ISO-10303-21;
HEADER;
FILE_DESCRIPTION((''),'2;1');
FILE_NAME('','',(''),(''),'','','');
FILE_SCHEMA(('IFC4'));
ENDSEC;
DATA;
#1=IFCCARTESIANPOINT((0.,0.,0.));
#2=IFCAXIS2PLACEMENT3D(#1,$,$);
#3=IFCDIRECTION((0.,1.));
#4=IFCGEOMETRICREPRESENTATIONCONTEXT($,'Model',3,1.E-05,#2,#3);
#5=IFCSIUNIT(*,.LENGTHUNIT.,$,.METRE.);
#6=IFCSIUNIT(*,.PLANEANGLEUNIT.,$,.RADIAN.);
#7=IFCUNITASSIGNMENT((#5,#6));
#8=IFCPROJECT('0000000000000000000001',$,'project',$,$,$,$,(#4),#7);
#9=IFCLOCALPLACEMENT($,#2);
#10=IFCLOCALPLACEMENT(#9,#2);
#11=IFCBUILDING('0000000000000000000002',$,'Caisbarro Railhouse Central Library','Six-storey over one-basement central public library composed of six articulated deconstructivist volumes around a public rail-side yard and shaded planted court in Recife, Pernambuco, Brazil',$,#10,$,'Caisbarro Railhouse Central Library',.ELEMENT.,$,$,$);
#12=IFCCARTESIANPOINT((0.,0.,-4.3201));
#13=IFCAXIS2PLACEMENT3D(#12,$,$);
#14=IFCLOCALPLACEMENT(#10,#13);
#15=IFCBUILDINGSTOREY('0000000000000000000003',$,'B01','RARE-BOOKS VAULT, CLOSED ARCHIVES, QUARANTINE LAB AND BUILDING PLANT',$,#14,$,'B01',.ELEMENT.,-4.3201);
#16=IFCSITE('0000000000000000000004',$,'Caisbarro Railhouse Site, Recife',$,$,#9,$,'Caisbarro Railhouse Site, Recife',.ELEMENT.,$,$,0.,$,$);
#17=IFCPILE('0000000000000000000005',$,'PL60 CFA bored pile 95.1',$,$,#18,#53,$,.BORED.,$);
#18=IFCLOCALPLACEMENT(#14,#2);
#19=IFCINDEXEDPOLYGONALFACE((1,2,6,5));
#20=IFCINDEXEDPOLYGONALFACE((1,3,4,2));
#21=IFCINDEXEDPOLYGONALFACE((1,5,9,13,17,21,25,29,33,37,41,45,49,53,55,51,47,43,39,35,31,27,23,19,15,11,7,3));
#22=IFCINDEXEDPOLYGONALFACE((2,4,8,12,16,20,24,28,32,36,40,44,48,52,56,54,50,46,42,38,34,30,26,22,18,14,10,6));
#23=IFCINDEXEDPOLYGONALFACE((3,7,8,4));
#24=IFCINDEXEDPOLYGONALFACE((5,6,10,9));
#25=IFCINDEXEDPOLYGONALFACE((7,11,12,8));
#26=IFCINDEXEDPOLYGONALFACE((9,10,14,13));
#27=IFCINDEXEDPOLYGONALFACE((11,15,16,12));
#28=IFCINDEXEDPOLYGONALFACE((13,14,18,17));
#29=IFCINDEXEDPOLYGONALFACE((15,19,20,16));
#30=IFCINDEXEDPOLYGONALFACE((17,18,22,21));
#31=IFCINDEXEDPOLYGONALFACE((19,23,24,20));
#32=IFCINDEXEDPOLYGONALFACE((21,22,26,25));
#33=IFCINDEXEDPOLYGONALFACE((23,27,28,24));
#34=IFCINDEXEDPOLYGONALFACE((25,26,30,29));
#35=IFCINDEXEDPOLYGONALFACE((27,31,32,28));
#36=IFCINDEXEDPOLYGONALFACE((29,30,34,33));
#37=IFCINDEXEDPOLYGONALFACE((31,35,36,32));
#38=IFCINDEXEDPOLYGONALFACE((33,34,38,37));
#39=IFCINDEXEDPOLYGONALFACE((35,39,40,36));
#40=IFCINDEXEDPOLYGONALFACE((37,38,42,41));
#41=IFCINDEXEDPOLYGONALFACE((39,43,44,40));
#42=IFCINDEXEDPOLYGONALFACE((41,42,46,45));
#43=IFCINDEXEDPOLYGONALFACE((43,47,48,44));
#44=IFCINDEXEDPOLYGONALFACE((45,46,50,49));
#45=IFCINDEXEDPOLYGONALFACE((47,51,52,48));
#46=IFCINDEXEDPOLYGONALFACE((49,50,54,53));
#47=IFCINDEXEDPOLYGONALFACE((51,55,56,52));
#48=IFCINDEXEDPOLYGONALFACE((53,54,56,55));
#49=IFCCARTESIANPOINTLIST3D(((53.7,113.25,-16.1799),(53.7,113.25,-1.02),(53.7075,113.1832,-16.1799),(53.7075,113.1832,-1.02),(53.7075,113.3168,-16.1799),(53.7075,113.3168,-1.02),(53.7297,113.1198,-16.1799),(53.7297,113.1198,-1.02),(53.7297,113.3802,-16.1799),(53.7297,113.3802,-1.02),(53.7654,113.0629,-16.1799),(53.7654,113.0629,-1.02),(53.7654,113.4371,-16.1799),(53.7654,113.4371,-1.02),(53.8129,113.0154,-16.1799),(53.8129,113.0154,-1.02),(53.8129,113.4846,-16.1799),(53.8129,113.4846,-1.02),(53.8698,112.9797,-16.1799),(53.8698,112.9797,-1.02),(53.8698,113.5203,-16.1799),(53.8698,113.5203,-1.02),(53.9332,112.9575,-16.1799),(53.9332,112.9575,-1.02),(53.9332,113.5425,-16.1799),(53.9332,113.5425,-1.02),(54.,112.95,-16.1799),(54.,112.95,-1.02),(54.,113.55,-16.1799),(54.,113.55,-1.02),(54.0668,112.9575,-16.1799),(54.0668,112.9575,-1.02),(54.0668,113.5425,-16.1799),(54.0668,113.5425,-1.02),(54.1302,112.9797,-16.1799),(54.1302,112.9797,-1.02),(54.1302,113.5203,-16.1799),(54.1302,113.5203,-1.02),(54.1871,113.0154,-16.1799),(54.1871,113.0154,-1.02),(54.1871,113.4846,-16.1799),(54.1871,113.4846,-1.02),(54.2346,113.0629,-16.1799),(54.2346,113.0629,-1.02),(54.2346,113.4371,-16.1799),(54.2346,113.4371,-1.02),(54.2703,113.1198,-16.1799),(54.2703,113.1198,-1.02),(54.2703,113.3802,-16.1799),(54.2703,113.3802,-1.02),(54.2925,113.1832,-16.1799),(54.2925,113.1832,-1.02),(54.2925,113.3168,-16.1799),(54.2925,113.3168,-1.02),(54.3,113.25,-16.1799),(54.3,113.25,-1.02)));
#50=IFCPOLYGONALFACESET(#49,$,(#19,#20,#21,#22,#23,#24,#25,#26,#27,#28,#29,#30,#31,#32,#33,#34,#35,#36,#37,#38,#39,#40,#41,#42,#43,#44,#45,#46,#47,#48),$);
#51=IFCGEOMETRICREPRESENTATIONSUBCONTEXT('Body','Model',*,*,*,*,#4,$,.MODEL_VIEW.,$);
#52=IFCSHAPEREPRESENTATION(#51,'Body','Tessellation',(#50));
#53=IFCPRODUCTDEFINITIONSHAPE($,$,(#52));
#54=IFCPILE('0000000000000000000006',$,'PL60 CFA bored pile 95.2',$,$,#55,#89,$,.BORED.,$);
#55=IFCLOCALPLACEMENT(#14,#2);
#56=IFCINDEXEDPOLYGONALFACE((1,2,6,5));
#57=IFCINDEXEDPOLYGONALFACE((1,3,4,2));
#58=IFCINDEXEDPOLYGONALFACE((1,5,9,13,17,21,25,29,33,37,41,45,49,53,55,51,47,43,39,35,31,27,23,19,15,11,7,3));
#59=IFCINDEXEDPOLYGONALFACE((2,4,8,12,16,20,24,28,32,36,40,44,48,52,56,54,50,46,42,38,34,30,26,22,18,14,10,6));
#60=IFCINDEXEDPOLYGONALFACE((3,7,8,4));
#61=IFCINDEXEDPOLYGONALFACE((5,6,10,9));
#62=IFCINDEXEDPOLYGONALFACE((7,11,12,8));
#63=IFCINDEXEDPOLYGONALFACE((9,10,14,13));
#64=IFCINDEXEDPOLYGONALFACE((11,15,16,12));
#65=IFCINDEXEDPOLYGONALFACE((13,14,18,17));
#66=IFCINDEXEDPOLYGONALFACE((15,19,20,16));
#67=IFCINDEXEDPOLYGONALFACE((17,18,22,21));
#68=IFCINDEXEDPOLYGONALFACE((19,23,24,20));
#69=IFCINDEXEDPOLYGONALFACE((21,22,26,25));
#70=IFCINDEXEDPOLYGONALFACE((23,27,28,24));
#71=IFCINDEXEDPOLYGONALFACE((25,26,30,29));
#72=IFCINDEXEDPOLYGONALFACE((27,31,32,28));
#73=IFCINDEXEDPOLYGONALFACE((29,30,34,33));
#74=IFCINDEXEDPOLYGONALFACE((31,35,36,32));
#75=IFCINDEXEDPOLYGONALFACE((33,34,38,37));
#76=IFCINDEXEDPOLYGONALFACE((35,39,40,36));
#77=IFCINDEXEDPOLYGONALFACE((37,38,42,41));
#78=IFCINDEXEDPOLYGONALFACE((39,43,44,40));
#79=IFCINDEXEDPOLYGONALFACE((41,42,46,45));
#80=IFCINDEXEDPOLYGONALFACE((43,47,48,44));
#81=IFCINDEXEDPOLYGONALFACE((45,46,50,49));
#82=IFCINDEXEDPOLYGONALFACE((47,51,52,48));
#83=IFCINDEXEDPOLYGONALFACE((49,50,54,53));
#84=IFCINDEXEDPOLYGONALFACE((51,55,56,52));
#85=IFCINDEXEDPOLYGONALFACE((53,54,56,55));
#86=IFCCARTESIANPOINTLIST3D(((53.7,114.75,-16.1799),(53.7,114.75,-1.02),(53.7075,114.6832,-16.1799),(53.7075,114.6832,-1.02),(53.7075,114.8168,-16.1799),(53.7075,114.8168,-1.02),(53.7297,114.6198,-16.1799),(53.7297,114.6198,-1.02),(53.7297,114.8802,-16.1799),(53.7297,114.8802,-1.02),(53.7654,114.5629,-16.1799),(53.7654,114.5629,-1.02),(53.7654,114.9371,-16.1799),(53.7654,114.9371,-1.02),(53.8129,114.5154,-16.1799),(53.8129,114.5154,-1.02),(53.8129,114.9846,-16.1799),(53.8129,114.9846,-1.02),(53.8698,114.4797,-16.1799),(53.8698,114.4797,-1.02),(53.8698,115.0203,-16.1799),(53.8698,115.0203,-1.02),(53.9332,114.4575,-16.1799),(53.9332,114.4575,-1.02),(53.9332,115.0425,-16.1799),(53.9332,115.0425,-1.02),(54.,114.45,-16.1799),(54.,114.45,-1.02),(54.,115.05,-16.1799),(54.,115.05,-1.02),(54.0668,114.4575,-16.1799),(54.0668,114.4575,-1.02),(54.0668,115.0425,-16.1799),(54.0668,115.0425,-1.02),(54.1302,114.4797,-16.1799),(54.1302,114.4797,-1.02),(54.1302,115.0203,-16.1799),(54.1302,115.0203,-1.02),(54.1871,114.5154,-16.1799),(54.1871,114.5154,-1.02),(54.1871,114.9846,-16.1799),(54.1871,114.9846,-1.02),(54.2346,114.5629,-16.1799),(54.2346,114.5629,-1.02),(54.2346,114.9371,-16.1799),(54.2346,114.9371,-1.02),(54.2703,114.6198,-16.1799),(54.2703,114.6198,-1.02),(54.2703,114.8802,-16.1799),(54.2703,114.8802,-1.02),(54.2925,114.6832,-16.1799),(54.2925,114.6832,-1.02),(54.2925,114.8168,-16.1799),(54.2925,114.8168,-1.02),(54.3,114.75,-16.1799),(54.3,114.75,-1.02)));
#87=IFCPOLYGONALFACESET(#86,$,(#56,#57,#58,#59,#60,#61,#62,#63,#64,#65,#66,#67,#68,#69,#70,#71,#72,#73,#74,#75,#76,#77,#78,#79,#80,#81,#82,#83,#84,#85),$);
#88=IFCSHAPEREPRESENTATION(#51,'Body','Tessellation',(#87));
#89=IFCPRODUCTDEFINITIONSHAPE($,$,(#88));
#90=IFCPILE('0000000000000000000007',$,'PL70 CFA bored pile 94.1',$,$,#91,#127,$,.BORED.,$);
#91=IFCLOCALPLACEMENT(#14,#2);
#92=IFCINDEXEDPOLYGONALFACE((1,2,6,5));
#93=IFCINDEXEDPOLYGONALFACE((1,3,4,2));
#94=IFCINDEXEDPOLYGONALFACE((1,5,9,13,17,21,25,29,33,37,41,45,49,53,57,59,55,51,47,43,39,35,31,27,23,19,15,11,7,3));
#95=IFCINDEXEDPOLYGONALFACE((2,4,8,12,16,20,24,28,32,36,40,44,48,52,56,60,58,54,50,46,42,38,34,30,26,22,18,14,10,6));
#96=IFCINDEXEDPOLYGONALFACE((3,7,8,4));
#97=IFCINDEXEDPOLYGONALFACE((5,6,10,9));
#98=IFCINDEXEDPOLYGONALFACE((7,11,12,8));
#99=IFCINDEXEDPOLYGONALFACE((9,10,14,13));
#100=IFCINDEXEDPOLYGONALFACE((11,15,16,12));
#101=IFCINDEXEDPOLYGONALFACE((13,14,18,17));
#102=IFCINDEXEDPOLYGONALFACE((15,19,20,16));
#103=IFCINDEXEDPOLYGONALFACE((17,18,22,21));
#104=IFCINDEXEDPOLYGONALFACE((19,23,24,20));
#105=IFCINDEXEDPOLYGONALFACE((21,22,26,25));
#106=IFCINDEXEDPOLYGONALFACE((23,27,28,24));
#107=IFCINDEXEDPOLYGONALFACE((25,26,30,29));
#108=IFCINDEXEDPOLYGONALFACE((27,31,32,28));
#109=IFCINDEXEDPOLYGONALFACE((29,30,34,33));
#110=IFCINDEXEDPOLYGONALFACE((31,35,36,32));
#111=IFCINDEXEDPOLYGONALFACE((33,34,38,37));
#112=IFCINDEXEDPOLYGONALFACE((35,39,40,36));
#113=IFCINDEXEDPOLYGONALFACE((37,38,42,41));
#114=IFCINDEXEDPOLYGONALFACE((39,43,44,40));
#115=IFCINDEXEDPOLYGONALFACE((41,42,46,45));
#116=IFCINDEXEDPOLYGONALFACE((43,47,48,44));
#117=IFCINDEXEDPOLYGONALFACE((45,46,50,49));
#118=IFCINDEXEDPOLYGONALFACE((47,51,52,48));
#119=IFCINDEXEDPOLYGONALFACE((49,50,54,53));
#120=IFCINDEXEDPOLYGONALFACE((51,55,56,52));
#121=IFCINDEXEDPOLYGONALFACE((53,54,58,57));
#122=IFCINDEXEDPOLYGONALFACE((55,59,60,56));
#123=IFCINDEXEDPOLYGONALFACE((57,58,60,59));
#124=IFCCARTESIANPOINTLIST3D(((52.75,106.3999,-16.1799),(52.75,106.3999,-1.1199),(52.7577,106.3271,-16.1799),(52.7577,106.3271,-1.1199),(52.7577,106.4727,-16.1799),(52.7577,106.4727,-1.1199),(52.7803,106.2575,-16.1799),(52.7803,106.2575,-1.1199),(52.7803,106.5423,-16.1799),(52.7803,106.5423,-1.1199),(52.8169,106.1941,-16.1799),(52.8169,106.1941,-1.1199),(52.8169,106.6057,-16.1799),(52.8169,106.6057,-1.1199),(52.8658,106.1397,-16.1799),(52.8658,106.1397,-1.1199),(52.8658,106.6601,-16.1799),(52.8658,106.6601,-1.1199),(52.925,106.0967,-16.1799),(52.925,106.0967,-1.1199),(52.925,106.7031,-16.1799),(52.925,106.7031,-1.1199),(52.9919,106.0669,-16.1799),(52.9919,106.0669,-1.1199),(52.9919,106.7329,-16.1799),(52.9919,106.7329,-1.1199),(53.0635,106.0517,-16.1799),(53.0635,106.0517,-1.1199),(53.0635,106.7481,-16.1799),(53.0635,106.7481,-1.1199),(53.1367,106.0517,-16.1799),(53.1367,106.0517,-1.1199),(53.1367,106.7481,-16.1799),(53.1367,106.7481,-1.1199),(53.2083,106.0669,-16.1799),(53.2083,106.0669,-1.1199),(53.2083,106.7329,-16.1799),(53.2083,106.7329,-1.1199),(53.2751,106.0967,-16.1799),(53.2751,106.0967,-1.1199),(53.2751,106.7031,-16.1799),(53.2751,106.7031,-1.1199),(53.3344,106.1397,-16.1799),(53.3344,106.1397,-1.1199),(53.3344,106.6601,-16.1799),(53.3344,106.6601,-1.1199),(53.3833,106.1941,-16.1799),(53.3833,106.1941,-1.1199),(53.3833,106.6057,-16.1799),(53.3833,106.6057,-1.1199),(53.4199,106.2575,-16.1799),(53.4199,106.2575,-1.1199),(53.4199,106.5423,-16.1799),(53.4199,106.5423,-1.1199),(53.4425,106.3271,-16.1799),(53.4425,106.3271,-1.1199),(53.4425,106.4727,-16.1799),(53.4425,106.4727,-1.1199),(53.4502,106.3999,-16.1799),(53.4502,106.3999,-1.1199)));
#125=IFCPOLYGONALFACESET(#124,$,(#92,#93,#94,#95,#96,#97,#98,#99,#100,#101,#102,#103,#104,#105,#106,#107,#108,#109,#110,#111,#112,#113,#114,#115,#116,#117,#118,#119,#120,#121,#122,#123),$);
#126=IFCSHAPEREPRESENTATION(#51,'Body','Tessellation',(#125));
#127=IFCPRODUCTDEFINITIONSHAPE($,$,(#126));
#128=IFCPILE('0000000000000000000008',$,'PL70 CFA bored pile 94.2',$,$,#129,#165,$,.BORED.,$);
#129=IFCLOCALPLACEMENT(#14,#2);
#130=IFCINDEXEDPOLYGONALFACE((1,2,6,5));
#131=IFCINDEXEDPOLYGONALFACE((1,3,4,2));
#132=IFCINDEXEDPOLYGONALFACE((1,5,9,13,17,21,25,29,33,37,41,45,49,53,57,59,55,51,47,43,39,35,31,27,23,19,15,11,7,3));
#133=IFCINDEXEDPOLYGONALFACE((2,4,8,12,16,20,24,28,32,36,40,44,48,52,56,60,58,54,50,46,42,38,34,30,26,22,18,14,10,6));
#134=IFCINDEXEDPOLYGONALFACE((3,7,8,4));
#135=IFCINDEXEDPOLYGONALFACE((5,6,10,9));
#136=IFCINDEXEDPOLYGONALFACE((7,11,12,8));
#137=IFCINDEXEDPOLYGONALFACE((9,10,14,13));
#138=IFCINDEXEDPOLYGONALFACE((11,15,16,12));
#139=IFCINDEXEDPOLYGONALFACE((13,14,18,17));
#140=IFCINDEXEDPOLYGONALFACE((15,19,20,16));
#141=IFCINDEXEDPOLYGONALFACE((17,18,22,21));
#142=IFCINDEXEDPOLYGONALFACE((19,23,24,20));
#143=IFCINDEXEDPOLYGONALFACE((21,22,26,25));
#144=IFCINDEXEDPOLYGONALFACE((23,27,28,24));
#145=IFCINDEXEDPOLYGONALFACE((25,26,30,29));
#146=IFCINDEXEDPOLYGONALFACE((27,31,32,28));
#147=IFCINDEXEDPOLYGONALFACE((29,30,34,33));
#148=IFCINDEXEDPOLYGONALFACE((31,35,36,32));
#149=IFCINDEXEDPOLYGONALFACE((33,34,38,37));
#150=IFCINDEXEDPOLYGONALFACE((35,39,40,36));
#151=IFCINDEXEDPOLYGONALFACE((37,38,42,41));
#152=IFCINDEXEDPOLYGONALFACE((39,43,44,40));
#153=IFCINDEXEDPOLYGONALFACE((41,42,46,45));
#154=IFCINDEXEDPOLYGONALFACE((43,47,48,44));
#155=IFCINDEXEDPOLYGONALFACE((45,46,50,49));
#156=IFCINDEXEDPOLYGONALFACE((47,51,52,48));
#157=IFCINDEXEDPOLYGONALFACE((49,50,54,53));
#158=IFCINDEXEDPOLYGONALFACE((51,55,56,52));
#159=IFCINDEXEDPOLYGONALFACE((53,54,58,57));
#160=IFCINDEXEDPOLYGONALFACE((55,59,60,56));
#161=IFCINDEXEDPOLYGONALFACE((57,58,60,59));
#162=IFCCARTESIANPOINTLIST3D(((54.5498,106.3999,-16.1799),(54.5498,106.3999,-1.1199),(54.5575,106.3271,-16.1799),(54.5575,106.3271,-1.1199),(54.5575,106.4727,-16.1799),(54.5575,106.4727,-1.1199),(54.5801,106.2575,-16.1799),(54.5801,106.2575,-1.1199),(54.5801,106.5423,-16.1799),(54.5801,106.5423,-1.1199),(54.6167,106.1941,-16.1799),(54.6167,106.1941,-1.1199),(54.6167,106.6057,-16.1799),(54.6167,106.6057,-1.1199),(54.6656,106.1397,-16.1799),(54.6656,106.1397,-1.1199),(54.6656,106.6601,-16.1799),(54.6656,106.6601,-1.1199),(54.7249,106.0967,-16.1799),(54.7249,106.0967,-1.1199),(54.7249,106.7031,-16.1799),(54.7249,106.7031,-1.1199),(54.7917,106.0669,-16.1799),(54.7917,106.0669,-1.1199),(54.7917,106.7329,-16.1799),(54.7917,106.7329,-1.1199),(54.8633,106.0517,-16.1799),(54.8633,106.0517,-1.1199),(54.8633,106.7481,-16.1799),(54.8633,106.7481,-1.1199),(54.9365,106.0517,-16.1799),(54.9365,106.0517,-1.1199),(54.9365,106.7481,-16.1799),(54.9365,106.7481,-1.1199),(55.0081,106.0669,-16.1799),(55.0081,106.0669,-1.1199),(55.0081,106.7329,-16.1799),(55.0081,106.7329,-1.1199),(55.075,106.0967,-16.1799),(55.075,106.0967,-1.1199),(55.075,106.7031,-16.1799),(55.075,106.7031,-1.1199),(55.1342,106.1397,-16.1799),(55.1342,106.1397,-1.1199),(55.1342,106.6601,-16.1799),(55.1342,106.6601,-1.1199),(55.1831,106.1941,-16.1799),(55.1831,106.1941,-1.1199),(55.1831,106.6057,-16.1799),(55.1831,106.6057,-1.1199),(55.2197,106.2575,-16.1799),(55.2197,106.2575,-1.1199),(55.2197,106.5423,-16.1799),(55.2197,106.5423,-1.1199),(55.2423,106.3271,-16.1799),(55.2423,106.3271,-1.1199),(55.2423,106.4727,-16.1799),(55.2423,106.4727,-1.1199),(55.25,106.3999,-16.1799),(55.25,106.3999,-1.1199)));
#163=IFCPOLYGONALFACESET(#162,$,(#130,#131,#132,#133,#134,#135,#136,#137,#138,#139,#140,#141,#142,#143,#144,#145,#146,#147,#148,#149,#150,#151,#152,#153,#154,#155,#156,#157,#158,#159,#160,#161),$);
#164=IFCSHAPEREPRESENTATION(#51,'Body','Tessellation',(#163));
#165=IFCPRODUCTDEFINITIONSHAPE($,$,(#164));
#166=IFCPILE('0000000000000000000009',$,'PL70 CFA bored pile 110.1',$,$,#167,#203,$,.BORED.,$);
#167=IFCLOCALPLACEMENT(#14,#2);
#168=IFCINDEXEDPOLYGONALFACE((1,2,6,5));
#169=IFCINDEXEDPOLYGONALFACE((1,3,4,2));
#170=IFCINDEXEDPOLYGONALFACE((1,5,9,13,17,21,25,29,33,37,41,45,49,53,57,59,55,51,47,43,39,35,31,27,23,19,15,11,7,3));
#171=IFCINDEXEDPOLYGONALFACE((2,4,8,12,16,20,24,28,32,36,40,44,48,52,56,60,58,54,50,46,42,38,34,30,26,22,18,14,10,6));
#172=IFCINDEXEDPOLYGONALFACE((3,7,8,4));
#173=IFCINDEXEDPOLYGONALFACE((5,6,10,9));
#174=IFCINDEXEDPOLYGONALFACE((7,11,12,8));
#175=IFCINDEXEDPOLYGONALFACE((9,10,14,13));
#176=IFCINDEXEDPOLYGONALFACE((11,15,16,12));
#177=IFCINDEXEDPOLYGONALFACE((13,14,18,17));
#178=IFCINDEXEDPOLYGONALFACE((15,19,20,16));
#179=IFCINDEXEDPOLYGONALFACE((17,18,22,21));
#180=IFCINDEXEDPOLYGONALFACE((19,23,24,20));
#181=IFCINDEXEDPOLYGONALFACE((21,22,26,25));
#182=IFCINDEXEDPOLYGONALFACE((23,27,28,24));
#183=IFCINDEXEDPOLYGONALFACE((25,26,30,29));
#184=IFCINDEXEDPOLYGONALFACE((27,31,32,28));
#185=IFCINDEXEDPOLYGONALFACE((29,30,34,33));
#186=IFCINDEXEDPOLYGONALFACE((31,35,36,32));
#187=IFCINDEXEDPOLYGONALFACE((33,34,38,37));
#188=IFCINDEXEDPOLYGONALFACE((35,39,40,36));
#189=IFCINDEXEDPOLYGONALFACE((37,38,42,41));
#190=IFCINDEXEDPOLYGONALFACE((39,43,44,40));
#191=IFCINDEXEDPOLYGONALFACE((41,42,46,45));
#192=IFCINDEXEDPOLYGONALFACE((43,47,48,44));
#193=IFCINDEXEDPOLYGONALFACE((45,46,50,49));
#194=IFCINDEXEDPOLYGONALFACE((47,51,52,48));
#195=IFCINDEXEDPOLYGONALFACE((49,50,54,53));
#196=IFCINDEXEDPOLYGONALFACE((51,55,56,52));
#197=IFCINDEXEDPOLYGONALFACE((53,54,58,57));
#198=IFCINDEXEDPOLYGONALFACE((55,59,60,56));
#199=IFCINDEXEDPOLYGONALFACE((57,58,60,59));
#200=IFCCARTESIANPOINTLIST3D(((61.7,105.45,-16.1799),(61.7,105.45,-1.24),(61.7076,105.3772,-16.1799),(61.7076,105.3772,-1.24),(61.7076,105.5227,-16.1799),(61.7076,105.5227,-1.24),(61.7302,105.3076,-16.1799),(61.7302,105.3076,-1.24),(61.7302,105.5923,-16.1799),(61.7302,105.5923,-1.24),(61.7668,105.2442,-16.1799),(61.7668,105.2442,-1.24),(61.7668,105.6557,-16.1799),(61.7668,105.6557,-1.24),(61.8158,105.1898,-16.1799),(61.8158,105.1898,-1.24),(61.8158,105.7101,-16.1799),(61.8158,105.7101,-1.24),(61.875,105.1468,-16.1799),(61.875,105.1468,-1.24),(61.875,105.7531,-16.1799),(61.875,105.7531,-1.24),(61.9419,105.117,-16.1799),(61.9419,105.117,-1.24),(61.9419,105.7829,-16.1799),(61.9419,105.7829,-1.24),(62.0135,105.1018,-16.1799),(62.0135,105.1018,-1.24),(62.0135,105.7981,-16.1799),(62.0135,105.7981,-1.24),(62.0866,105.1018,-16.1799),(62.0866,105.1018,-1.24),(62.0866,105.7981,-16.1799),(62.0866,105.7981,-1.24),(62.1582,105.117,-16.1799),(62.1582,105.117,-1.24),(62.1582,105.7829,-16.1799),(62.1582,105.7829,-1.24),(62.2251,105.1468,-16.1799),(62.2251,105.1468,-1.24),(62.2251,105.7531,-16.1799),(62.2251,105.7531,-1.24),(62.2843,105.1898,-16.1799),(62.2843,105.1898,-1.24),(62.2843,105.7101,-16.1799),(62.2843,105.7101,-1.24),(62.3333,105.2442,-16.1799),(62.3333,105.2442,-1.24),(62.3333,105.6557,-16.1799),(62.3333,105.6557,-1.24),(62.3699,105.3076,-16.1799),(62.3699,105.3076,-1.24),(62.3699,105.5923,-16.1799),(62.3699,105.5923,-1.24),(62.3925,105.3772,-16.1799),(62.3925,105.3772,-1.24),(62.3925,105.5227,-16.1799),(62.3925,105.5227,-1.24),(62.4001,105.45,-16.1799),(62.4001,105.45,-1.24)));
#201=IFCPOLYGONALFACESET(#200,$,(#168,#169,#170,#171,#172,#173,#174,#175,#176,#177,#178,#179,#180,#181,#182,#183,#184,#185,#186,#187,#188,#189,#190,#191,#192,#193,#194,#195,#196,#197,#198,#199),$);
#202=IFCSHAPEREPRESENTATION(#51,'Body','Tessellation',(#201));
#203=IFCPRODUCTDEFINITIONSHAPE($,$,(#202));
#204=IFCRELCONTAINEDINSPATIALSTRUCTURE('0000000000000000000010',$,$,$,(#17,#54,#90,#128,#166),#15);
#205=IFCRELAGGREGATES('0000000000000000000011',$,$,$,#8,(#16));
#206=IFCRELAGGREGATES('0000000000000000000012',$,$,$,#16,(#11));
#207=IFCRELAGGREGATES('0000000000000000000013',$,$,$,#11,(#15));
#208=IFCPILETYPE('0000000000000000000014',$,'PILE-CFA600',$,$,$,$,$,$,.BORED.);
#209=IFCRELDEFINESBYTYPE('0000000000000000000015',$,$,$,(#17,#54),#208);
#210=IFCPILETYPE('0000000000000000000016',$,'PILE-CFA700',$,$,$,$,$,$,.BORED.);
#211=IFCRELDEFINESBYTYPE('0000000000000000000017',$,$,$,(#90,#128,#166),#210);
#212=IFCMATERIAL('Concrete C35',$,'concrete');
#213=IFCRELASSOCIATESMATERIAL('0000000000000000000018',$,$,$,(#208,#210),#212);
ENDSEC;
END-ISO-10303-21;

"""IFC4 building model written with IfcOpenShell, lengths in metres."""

from ifc_helpers import new_model, si_unit, direction, frame, origin, origin_2d, place, context, subcontext, project, spatial, circle, extrude, material, material_profile, profile_set, type_object, element, save


model = new_model("IFC4")

# Units and contexts
model_context = context("Model", 3, precision=1e-05, world=origin(), true_north=direction((0.0, 1.0)))
body_context = subcontext(model_context, "Body", "Model", "MODEL_VIEW")
ifc_project = project(units=[si_unit("LENGTHUNIT", "METRE"), si_unit("PLANEANGLEUNIT", "RADIAN")], contexts=[model_context])

# Site, building, storey
site_placement = place(None, origin())
site = spatial("IfcSite", under=ifc_project, at=site_placement, Name="Caisbarro Railhouse Site, Recife", LongName="Caisbarro Railhouse Site, Recife", CompositionType="ELEMENT", RefElevation=0.0)
building_placement = place(site_placement, origin())
building = spatial("IfcBuilding", under=site, at=building_placement, Name="Caisbarro Railhouse Central Library", Description="Six-storey over one-basement central public library composed of six articulated deconstructivist volumes around a public rail-side yard and shaded planted court in Recife, Pernambuco, Brazil", LongName="Caisbarro Railhouse Central Library", CompositionType="ELEMENT")
storey_placement = place(building_placement, frame((0.0, 0.0, -4.3201)))
storey = spatial("IfcBuildingStorey", under=building, at=storey_placement, Name="B01", Description="RARE-BOOKS VAULT, CLOSED ARCHIVES, QUARANTINE LAB AND BUILDING PLANT", LongName="B01", CompositionType="ELEMENT", Elevation=-4.3201)

# Shared definitions
ifc_material_1 = material(Name="Concrete C35", Category="concrete")

# Piles
ifc_material_profile_1 = material_profile(ifc_material_1, circle(Radius=0.3, at=origin_2d()), Name="PILE-CFA-600")
ifc_profile_set_1 = profile_set([ifc_material_profile_1], Name="Concrete C35")
pile_type_1 = type_object("IfcPileType", Name="PILE-CFA600", PredefinedType="BORED", material=ifc_profile_set_1)
for number, where, z_axis, x_axis, name in (
    (1, (54.0, 113.25, -1.02), (0.0, 0.0, -1.0), (1.0, 0.0, 0.0), "PL60 CFA bored pile 95.1"),
    (2, (54.0, 114.75, -1.02), (0.0, 0.0, -1.0), (1.0, 0.0, 0.0), "PL60 CFA bored pile 95.2"),
):
    element("IfcPile", number, at=place(storey_placement, frame(where, z_axis=z_axis, x_axis=x_axis)), inside=storey, type_object=pile_type_1, Name=name, PredefinedType="BORED", context=body_context, shape_type="SweptSolid", body=[
        extrude(circle(Radius=0.3, at=origin_2d()), origin(), (0.0, 0.0, 1.0), 15.1599),
    ])
ifc_material_profile_2 = material_profile(ifc_material_1, circle(Radius=0.3501, at=origin_2d()), Name="PILE-CFA-700")
ifc_profile_set_2 = profile_set([ifc_material_profile_2], Name="Concrete C35")
pile_type_2 = type_object("IfcPileType", Name="PILE-CFA700", PredefinedType="BORED", material=ifc_profile_set_2)
for number, where, z_axis, x_axis, name in (
    (3, (53.1001, 106.3999, -1.1199), (0.0, 0.0, -1.0), (1.0, 0.0, 0.0), "PL70 CFA bored pile 94.1"),
    (4, (54.8999, 106.3999, -1.1199), (0.0, 0.0, -1.0), (1.0, 0.0, 0.0), "PL70 CFA bored pile 94.2"),
):
    element("IfcPile", number, at=place(storey_placement, frame(where, z_axis=z_axis, x_axis=x_axis)), inside=storey, type_object=pile_type_2, Name=name, PredefinedType="BORED", context=body_context, shape_type="SweptSolid", body=[
        extrude(circle(Radius=0.3501, at=origin_2d()), origin(), (0.0, 0.0, 1.0), 15.0601),
    ])
pile_1_placement = place(storey_placement, frame((62.05, 105.45, -1.24), z_axis=(0.0, 0.0, -1.0), x_axis=(1.0, 0.0, 0.0)))
element("IfcPile", 5, at=pile_1_placement, inside=storey, type_object=pile_type_2, Name="PL70 CFA bored pile 110.1", PredefinedType="BORED", context=body_context, shape_type="SweptSolid", body=[
    extrude(circle(Radius=0.3501, at=origin_2d()), origin(), (0.0, 0.0, 1.0), 14.9399),
])

save(model, "model.ifc")
